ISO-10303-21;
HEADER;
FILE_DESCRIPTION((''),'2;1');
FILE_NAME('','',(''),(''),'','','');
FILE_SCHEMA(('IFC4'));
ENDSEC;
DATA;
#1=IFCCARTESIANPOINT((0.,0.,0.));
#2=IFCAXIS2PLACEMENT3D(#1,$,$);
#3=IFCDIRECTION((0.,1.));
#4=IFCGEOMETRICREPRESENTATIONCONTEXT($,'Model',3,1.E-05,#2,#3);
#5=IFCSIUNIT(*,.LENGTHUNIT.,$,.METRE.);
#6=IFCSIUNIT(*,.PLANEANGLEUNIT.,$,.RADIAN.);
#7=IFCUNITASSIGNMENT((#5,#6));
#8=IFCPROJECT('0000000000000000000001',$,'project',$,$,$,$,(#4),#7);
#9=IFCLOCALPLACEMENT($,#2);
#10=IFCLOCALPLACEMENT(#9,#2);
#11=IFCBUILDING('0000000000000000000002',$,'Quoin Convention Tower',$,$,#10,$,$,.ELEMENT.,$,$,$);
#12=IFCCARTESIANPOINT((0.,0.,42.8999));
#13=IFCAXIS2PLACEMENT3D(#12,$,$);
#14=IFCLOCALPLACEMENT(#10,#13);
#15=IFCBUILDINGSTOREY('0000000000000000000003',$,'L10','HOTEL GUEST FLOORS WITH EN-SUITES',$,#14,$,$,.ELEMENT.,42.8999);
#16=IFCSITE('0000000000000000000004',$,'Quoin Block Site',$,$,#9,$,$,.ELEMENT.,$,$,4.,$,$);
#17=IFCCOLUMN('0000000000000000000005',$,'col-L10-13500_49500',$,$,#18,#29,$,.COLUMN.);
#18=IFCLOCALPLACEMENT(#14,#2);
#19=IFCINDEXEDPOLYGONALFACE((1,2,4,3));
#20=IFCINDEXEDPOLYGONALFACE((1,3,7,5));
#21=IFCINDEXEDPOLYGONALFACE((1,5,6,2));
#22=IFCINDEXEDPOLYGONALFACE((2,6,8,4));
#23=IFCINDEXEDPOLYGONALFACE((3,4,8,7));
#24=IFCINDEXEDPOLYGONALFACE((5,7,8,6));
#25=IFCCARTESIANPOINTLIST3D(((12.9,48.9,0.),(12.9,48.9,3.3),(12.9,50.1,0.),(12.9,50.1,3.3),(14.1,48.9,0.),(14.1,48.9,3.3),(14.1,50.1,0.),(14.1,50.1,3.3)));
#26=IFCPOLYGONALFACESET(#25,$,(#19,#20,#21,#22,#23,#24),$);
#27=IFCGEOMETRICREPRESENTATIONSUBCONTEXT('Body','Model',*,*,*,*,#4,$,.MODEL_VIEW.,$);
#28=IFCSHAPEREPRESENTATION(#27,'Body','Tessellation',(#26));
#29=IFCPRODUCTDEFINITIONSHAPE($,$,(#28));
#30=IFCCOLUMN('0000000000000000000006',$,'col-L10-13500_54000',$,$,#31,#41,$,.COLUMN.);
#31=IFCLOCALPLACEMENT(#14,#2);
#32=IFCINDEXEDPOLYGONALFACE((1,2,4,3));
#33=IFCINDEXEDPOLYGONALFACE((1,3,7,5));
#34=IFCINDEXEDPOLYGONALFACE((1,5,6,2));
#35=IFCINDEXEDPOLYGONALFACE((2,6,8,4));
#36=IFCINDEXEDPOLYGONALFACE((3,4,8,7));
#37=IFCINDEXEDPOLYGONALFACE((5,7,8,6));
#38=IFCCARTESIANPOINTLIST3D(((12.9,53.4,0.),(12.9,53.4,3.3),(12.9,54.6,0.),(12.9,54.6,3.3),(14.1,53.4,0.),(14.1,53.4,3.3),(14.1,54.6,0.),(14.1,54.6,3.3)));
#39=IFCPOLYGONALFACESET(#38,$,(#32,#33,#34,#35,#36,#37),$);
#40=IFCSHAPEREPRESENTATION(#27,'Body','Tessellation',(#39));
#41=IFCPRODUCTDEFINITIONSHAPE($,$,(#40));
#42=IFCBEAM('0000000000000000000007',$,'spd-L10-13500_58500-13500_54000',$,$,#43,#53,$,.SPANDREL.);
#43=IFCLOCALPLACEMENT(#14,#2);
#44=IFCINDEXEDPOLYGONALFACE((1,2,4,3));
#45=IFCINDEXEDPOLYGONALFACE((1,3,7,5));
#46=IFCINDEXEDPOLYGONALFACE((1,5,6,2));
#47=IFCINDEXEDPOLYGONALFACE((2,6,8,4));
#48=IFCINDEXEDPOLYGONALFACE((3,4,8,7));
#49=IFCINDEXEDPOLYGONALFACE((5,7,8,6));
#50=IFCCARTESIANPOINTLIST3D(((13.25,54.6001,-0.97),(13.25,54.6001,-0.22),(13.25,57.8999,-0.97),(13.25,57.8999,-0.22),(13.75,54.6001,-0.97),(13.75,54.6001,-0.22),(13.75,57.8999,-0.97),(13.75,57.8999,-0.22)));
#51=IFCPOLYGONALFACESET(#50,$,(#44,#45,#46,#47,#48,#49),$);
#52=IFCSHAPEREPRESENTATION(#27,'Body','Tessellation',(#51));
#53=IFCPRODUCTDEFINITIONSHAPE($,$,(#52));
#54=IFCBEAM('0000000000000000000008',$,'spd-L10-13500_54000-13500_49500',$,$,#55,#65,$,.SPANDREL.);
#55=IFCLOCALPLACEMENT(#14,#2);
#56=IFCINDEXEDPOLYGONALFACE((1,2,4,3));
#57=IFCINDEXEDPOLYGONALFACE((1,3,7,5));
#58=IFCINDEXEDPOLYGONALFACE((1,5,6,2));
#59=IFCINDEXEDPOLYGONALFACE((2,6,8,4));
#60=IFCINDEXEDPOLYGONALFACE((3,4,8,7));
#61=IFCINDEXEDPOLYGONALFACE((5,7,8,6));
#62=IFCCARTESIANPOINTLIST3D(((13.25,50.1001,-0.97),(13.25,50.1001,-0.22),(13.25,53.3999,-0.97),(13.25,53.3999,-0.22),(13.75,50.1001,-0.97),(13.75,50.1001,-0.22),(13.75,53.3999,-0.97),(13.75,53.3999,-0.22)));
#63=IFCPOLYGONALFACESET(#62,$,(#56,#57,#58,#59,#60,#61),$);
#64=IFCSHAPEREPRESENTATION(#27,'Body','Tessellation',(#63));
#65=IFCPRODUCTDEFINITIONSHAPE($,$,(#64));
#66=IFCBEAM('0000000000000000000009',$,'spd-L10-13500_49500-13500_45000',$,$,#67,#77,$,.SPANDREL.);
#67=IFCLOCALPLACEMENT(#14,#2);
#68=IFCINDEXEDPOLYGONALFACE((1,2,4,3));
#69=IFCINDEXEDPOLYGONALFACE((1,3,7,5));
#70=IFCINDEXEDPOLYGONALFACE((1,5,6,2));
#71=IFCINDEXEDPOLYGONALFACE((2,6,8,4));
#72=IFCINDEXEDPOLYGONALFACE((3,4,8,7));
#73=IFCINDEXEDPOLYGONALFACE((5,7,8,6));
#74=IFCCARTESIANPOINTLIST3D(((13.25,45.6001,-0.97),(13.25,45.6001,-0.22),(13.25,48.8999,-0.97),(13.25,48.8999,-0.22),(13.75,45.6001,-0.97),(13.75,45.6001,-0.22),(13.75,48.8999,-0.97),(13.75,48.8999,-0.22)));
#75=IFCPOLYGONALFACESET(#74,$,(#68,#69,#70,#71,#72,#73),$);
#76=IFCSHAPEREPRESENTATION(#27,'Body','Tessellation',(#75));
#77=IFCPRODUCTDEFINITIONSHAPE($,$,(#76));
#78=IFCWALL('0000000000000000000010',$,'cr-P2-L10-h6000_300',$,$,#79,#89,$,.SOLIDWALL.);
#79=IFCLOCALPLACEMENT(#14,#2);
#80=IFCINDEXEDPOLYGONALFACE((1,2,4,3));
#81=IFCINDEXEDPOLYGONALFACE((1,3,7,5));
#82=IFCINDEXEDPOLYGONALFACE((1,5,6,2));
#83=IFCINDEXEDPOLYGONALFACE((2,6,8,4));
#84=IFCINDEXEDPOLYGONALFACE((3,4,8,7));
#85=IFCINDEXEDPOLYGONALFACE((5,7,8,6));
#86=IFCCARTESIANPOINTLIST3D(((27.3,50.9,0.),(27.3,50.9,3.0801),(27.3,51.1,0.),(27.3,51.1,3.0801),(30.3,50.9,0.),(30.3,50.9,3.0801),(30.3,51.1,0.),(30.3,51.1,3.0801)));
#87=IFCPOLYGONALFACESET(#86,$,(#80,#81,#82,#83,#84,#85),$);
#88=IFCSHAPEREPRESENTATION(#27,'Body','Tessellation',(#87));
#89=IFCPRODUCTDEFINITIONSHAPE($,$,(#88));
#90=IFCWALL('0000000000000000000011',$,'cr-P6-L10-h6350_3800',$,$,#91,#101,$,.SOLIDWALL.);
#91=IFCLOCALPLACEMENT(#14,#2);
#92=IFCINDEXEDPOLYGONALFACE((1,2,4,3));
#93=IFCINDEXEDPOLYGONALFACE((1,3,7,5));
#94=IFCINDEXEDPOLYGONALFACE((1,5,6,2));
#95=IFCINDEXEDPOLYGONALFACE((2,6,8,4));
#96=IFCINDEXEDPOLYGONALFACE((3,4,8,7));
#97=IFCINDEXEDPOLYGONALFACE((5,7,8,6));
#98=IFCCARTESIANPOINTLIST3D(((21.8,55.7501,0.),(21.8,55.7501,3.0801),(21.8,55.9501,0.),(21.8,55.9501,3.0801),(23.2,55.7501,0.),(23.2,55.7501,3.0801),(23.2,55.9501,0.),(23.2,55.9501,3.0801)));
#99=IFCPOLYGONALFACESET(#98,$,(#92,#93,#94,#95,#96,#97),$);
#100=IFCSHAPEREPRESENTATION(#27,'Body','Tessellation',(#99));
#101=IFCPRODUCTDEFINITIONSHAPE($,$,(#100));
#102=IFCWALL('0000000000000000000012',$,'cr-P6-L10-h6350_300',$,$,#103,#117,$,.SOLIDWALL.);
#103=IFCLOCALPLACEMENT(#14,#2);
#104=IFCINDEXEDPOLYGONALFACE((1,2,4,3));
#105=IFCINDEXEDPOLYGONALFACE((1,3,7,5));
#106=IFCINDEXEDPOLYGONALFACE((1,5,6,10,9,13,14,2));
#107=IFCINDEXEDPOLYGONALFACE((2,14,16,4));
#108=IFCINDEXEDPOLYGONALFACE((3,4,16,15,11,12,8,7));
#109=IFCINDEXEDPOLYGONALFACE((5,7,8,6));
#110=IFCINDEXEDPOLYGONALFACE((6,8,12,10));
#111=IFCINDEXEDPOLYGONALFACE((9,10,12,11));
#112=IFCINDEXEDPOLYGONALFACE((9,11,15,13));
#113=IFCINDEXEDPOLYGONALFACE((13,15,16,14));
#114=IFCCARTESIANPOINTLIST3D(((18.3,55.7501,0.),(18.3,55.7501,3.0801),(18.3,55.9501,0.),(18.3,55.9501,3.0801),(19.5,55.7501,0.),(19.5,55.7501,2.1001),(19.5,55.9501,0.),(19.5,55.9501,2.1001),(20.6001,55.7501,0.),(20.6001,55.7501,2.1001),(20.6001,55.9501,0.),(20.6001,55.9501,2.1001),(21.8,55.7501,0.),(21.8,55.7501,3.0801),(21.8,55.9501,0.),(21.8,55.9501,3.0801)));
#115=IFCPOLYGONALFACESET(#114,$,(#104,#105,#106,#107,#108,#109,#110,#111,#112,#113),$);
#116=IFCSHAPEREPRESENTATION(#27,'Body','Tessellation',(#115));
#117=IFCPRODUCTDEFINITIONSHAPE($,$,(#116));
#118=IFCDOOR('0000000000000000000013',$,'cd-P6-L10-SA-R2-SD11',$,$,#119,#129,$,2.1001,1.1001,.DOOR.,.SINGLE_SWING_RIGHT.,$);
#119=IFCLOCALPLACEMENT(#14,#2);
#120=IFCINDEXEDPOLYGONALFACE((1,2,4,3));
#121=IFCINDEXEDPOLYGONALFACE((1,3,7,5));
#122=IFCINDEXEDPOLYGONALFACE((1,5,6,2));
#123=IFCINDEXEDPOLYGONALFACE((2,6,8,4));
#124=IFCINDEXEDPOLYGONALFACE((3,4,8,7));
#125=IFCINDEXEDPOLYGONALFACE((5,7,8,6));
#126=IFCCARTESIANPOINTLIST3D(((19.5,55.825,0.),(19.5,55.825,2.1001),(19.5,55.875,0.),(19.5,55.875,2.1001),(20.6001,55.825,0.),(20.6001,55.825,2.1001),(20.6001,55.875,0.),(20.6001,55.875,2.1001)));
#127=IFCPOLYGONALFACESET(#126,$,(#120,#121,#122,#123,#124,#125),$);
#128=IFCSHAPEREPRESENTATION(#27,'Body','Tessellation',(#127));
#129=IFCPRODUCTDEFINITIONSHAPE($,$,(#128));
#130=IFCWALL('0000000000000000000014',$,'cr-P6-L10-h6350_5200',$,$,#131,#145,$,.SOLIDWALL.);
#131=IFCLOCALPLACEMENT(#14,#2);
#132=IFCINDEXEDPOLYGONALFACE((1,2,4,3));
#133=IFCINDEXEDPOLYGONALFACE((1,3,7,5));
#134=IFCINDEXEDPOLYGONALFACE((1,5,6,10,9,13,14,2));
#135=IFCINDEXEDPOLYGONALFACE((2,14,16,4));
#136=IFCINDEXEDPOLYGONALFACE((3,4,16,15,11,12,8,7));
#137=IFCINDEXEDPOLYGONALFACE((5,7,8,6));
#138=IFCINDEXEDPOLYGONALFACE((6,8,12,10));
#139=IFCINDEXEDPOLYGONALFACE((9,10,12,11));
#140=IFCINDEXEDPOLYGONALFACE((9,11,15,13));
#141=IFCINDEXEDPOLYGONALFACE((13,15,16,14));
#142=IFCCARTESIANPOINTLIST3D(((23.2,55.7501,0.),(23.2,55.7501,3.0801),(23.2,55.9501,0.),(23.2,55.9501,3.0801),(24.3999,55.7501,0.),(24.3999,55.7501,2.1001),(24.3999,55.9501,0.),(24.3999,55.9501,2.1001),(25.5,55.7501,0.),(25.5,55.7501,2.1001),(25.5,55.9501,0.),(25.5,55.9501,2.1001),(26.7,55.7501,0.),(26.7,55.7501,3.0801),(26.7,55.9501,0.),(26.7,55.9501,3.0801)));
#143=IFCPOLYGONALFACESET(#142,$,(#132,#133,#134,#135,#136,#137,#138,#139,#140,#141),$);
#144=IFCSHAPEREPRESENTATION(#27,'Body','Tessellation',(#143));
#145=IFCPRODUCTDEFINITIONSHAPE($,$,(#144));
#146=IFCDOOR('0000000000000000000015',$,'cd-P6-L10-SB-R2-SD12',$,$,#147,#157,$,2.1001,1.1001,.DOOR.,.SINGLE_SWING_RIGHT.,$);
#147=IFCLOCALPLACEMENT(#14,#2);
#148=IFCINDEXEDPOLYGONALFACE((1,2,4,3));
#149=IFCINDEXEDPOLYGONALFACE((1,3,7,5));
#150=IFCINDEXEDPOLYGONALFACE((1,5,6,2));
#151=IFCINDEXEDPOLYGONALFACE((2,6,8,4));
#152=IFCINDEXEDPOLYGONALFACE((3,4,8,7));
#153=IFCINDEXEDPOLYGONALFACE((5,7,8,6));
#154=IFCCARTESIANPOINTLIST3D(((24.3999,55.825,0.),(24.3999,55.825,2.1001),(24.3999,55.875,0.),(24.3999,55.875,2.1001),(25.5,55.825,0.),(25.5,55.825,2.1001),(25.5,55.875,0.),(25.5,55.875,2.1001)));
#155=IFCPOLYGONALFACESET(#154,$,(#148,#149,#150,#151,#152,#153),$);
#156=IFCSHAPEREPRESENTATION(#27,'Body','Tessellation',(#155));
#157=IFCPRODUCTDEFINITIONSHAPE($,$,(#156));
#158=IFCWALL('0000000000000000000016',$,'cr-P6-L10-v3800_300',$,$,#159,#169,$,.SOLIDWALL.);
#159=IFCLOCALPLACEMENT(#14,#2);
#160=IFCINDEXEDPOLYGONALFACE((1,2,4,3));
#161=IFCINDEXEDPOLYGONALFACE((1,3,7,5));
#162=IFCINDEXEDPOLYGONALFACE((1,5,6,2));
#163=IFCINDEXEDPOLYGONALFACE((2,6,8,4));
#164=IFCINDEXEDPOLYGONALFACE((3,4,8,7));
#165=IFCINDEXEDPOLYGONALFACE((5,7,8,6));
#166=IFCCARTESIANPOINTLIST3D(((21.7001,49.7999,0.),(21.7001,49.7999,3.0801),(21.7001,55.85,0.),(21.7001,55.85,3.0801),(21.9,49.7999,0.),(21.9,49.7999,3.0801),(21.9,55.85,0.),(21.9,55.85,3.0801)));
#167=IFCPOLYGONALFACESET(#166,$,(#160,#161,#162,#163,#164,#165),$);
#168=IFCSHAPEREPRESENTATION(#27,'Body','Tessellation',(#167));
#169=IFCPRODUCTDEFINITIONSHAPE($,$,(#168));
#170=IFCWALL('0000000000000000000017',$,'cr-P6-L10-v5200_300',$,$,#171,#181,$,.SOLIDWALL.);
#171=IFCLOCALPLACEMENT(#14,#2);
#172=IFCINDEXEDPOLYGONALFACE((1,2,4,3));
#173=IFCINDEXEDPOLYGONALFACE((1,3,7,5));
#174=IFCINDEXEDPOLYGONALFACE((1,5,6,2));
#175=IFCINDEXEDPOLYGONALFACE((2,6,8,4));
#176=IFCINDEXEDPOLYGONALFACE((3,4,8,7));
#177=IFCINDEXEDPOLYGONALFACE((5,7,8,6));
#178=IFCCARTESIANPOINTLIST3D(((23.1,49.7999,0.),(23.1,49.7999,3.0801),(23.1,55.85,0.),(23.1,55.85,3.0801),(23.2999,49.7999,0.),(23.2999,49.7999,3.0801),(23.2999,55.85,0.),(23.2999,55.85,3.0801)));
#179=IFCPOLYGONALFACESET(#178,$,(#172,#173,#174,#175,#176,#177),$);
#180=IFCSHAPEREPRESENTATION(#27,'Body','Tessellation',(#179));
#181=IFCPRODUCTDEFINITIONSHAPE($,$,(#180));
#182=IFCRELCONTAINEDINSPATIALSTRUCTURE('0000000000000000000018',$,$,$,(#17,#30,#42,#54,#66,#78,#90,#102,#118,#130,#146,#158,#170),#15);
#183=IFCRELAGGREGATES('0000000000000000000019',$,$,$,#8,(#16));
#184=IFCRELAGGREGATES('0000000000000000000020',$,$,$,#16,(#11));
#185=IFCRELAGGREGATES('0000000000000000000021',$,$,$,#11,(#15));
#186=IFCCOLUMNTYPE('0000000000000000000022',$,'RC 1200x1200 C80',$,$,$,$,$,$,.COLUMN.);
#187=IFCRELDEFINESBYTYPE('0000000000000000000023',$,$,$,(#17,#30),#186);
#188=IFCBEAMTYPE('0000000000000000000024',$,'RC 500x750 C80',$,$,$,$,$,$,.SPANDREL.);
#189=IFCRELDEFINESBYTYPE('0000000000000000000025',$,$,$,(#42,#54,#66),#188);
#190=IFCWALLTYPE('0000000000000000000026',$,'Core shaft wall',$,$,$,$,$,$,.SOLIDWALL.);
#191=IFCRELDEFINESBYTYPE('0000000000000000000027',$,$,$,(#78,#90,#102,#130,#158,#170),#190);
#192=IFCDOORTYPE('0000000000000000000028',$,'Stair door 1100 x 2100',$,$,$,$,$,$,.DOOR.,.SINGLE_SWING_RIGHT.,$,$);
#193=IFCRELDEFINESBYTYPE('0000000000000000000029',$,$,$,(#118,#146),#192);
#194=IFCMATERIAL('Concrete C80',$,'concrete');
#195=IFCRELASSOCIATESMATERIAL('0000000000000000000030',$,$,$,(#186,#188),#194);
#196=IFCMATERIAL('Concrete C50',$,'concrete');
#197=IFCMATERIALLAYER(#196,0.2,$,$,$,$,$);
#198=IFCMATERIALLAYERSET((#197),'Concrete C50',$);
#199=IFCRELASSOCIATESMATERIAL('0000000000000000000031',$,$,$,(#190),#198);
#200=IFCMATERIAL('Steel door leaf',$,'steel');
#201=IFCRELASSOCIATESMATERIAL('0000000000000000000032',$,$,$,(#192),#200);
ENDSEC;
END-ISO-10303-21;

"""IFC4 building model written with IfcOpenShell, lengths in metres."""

from ifc_helpers import new_model, si_unit, direction, frame, frame_2d, origin, origin_2d, place, context, subcontext, project, spatial, rectangle, extrude, material, layer, layer_set, material_profile, profile_set, type_object, element, fill, save


model = new_model("IFC4")

# Units and contexts
model_context = context("Model", 3, precision=1e-05, world=origin(), true_north=direction((0.0, 1.0)))
body_context = subcontext(model_context, "Body", "Model", "MODEL_VIEW")
ifc_project = project(units=[si_unit("LENGTHUNIT", "METRE"), si_unit("PLANEANGLEUNIT", "RADIAN")], contexts=[model_context])

# Site, building, storey
site_placement = place(None, origin())
site = spatial("IfcSite", under=ifc_project, at=site_placement, Name="Quoin Block Site", CompositionType="ELEMENT", RefElevation=4.0)
building_placement = place(site_placement, origin())
building = spatial("IfcBuilding", under=site, at=building_placement, Name="Quoin Convention Tower", CompositionType="ELEMENT")
storey_placement = place(building_placement, frame((0.0, 0.0, 42.8999)))
storey = spatial("IfcBuildingStorey", under=building, at=storey_placement, Name="L10", Description="HOTEL GUEST FLOORS WITH EN-SUITES", CompositionType="ELEMENT", Elevation=42.8999)

# Columns
ifc_material_1 = material(Name="Concrete C80", Category="concrete")
ifc_material_profile_1 = material_profile(ifc_material_1, rectangle(XDim=1.2, YDim=1.2, at=origin_2d()), Name="RC 1200x1200")
ifc_profile_set_1 = profile_set([ifc_material_profile_1], Name="Concrete C80")
column_type = type_object("IfcColumnType", Name="RC 1200x1200 C80", PredefinedType="COLUMN", material=ifc_profile_set_1)
for number, where, z_axis, x_axis, name in (
    (1, (13.5, 49.5, 0.0), (0.0, 0.0, 1.0), (1.0, 0.0, 0.0), "col-L10-13500_49500"),
    (2, (13.5, 54.0, 0.0), (0.0, 0.0, 1.0), (1.0, 0.0, 0.0), "col-L10-13500_54000"),
):
    element("IfcColumn", number, at=place(storey_placement, frame(where, z_axis=z_axis, x_axis=x_axis)), inside=storey, type_object=column_type, Name=name, PredefinedType="COLUMN", context=body_context, shape_type="SweptSolid", body=[
        extrude(rectangle(XDim=1.2, YDim=1.2, at=origin_2d()), origin(), (0.0, 0.0, 1.0), 3.3),
    ])

# Beams
ifc_material_profile_2 = material_profile(ifc_material_1, rectangle(XDim=0.5, YDim=0.75, at=origin_2d()), Name="RC 500x750")
ifc_profile_set_2 = profile_set([ifc_material_profile_2], Name="Concrete C80")
beam_type = type_object("IfcBeamType", Name="RC 500x750 C80", PredefinedType="SPANDREL", material=ifc_profile_set_2)
for number, where, z_axis, x_axis, name in (
    (3, (13.5, 57.8999, -0.595), (0.0, -1.0, 0.0), (1.0, 0.0, 0.0), "spd-L10-13500_58500-13500_54000"),
    (4, (13.5, 53.3999, -0.595), (0.0, -1.0, 0.0), (1.0, 0.0, 0.0), "spd-L10-13500_54000-13500_49500"),
    (5, (13.5, 48.8999, -0.595), (0.0, -1.0, 0.0), (1.0, 0.0, 0.0), "spd-L10-13500_49500-13500_45000"),
):
    element("IfcBeam", number, at=place(storey_placement, frame(where, z_axis=z_axis, x_axis=x_axis)), inside=storey, type_object=beam_type, Name=name, PredefinedType="SPANDREL", context=body_context, shape_type="SweptSolid", body=[
        extrude(rectangle(XDim=0.5, YDim=0.75, at=origin_2d()), origin(), (0.0, 0.0, 1.0), 3.2998),
    ])

# Walls
ifc_material_2 = material(Name="Concrete C50", Category="concrete")
ifc_layer_1 = layer(ifc_material_2, 0.2)
ifc_layer_set_1 = layer_set([ifc_layer_1], Name="Concrete C50")
wall_type_1 = type_object("IfcWallType", Name="Core shaft wall", PredefinedType="SOLIDWALL", material=ifc_layer_set_1)
wall_1_placement = place(storey_placement, frame((27.3, 51.0, 0.0), z_axis=(0.0, 0.0, 1.0), x_axis=(1.0, 0.0, 0.0)))
element("IfcWall", 6, at=wall_1_placement, inside=storey, type_object=wall_type_1, Name="cr-P2-L10-h6000_300", PredefinedType="SOLIDWALL", context=body_context, shape_type="SweptSolid", body=[
    extrude(rectangle(XDim=3.0, YDim=0.2, at=frame_2d((1.5, 0.0))), origin(), (0.0, 0.0, 1.0), 3.0801),
])
wall_2_placement = place(storey_placement, frame((21.8, 55.8501, 0.0), z_axis=(0.0, 0.0, 1.0), x_axis=(1.0, 0.0, 0.0)))
element("IfcWall", 7, at=wall_2_placement, inside=storey, type_object=wall_type_1, Name="cr-P6-L10-h6350_3800", PredefinedType="SOLIDWALL", context=body_context, shape_type="SweptSolid", body=[
    extrude(rectangle(XDim=1.3999, YDim=0.2, at=frame_2d((0.7, 0.0))), origin(), (0.0, 0.0, 1.0), 3.0801),
])

# Walls, openings, doors
wall_3_placement = place(storey_placement, frame((18.3, 55.8501, 0.0), z_axis=(0.0, 0.0, 1.0), x_axis=(1.0, 0.0, 0.0)))
wall_3 = element("IfcWall", 8, at=wall_3_placement, inside=storey, type_object=wall_type_1, Name="cr-P6-L10-h6350_300", PredefinedType="SOLIDWALL", context=body_context, shape_type="SweptSolid", body=[
    extrude(rectangle(XDim=3.5, YDim=0.2, at=frame_2d((1.75, 0.0))), origin(), (0.0, 0.0, 1.0), 3.0801),
])
opening_1_placement = place(wall_3_placement, frame((1.2, 0.0, 0.0)))
opening_1 = element("IfcOpeningElement", 9, at=opening_1_placement, cuts=wall_3, PredefinedType="OPENING", context=body_context, shape_type="SweptSolid", body=[
    extrude(rectangle(XDim=1.1001, YDim=2.1001, at=frame_2d((0.55, 1.05))), frame((0.0, 0.1099, 0.0), z_axis=(0.0, -1.0, 0.0), x_axis=(1.0, 0.0, 0.0)), (0.0, 0.0, 1.0), 0.22),
])
ifc_material_3 = material(Name="Steel door leaf", Category="steel")
door_type_1 = type_object("IfcDoorType", Name="Stair door 1100 x 2100", OperationType="SINGLE_SWING_RIGHT", PredefinedType="DOOR", material=ifc_material_3)
door_1_placement = place(opening_1_placement, origin())
door_1 = element("IfcDoor", 10, at=door_1_placement, inside=storey, type_object=door_type_1, Name="cd-P6-L10-SA-R2-SD11", OperationType="SINGLE_SWING_RIGHT", OverallHeight=2.1001, OverallWidth=1.1001, PredefinedType="DOOR", context=body_context, shape_type="SweptSolid", body=[
    extrude(rectangle(XDim=1.1001, YDim=2.1001, at=frame_2d((0.55, 1.05))), frame((0.0, 0.0249, 0.0), z_axis=(0.0, -1.0, 0.0), x_axis=(1.0, 0.0, 0.0)), (0.0, 0.0, 1.0), 0.05),
])
fill(opening_1, door_1)
wall_4_placement = place(storey_placement, frame((23.2, 55.8501, 0.0), z_axis=(0.0, 0.0, 1.0), x_axis=(1.0, 0.0, 0.0)))
wall_4 = element("IfcWall", 11, at=wall_4_placement, inside=storey, type_object=wall_type_1, Name="cr-P6-L10-h6350_5200", PredefinedType="SOLIDWALL", context=body_context, shape_type="SweptSolid", body=[
    extrude(rectangle(XDim=3.5, YDim=0.2, at=frame_2d((1.75, 0.0))), origin(), (0.0, 0.0, 1.0), 3.0801),
])
opening_2_placement = place(wall_4_placement, frame((1.2, 0.0, 0.0)))
opening_2 = element("IfcOpeningElement", 12, at=opening_2_placement, cuts=wall_4, PredefinedType="OPENING", context=body_context, shape_type="SweptSolid", body=[
    extrude(rectangle(XDim=1.1001, YDim=2.1001, at=frame_2d((0.55, 1.05))), frame((0.0, 0.1099, 0.0), z_axis=(0.0, -1.0, 0.0), x_axis=(1.0, 0.0, 0.0)), (0.0, 0.0, 1.0), 0.22),
])
door_2_placement = place(opening_2_placement, origin())
door_2 = element("IfcDoor", 13, at=door_2_placement, inside=storey, type_object=door_type_1, Name="cd-P6-L10-SB-R2-SD12", OperationType="SINGLE_SWING_RIGHT", OverallHeight=2.1001, OverallWidth=1.1001, PredefinedType="DOOR", context=body_context, shape_type="SweptSolid", body=[
    extrude(rectangle(XDim=1.1001, YDim=2.1001, at=frame_2d((0.55, 1.05))), frame((0.0, 0.0249, 0.0), z_axis=(0.0, -1.0, 0.0), x_axis=(1.0, 0.0, 0.0)), (0.0, 0.0, 1.0), 0.05),
])
fill(opening_2, door_2)

# Walls
for number, where, z_axis, x_axis, name in (
    (14, (21.8, 49.8, 0.0), (0.0, 0.0, 1.0), (0.0, 1.0, 0.0), "cr-P6-L10-v3800_300"),
    (15, (23.2, 49.8, 0.0), (0.0, 0.0, 1.0), (0.0, 1.0, 0.0), "cr-P6-L10-v5200_300"),
):
    element("IfcWall", number, at=place(storey_placement, frame(where, z_axis=z_axis, x_axis=x_axis)), inside=storey, type_object=wall_type_1, Name=name, PredefinedType="SOLIDWALL", context=body_context, shape_type="SweptSolid", body=[
        extrude(rectangle(XDim=6.05, YDim=0.2, at=frame_2d((3.0249, 0.0))), origin(), (0.0, 0.0, 1.0), 3.0801),
    ])

save(model, "model.ifc")
